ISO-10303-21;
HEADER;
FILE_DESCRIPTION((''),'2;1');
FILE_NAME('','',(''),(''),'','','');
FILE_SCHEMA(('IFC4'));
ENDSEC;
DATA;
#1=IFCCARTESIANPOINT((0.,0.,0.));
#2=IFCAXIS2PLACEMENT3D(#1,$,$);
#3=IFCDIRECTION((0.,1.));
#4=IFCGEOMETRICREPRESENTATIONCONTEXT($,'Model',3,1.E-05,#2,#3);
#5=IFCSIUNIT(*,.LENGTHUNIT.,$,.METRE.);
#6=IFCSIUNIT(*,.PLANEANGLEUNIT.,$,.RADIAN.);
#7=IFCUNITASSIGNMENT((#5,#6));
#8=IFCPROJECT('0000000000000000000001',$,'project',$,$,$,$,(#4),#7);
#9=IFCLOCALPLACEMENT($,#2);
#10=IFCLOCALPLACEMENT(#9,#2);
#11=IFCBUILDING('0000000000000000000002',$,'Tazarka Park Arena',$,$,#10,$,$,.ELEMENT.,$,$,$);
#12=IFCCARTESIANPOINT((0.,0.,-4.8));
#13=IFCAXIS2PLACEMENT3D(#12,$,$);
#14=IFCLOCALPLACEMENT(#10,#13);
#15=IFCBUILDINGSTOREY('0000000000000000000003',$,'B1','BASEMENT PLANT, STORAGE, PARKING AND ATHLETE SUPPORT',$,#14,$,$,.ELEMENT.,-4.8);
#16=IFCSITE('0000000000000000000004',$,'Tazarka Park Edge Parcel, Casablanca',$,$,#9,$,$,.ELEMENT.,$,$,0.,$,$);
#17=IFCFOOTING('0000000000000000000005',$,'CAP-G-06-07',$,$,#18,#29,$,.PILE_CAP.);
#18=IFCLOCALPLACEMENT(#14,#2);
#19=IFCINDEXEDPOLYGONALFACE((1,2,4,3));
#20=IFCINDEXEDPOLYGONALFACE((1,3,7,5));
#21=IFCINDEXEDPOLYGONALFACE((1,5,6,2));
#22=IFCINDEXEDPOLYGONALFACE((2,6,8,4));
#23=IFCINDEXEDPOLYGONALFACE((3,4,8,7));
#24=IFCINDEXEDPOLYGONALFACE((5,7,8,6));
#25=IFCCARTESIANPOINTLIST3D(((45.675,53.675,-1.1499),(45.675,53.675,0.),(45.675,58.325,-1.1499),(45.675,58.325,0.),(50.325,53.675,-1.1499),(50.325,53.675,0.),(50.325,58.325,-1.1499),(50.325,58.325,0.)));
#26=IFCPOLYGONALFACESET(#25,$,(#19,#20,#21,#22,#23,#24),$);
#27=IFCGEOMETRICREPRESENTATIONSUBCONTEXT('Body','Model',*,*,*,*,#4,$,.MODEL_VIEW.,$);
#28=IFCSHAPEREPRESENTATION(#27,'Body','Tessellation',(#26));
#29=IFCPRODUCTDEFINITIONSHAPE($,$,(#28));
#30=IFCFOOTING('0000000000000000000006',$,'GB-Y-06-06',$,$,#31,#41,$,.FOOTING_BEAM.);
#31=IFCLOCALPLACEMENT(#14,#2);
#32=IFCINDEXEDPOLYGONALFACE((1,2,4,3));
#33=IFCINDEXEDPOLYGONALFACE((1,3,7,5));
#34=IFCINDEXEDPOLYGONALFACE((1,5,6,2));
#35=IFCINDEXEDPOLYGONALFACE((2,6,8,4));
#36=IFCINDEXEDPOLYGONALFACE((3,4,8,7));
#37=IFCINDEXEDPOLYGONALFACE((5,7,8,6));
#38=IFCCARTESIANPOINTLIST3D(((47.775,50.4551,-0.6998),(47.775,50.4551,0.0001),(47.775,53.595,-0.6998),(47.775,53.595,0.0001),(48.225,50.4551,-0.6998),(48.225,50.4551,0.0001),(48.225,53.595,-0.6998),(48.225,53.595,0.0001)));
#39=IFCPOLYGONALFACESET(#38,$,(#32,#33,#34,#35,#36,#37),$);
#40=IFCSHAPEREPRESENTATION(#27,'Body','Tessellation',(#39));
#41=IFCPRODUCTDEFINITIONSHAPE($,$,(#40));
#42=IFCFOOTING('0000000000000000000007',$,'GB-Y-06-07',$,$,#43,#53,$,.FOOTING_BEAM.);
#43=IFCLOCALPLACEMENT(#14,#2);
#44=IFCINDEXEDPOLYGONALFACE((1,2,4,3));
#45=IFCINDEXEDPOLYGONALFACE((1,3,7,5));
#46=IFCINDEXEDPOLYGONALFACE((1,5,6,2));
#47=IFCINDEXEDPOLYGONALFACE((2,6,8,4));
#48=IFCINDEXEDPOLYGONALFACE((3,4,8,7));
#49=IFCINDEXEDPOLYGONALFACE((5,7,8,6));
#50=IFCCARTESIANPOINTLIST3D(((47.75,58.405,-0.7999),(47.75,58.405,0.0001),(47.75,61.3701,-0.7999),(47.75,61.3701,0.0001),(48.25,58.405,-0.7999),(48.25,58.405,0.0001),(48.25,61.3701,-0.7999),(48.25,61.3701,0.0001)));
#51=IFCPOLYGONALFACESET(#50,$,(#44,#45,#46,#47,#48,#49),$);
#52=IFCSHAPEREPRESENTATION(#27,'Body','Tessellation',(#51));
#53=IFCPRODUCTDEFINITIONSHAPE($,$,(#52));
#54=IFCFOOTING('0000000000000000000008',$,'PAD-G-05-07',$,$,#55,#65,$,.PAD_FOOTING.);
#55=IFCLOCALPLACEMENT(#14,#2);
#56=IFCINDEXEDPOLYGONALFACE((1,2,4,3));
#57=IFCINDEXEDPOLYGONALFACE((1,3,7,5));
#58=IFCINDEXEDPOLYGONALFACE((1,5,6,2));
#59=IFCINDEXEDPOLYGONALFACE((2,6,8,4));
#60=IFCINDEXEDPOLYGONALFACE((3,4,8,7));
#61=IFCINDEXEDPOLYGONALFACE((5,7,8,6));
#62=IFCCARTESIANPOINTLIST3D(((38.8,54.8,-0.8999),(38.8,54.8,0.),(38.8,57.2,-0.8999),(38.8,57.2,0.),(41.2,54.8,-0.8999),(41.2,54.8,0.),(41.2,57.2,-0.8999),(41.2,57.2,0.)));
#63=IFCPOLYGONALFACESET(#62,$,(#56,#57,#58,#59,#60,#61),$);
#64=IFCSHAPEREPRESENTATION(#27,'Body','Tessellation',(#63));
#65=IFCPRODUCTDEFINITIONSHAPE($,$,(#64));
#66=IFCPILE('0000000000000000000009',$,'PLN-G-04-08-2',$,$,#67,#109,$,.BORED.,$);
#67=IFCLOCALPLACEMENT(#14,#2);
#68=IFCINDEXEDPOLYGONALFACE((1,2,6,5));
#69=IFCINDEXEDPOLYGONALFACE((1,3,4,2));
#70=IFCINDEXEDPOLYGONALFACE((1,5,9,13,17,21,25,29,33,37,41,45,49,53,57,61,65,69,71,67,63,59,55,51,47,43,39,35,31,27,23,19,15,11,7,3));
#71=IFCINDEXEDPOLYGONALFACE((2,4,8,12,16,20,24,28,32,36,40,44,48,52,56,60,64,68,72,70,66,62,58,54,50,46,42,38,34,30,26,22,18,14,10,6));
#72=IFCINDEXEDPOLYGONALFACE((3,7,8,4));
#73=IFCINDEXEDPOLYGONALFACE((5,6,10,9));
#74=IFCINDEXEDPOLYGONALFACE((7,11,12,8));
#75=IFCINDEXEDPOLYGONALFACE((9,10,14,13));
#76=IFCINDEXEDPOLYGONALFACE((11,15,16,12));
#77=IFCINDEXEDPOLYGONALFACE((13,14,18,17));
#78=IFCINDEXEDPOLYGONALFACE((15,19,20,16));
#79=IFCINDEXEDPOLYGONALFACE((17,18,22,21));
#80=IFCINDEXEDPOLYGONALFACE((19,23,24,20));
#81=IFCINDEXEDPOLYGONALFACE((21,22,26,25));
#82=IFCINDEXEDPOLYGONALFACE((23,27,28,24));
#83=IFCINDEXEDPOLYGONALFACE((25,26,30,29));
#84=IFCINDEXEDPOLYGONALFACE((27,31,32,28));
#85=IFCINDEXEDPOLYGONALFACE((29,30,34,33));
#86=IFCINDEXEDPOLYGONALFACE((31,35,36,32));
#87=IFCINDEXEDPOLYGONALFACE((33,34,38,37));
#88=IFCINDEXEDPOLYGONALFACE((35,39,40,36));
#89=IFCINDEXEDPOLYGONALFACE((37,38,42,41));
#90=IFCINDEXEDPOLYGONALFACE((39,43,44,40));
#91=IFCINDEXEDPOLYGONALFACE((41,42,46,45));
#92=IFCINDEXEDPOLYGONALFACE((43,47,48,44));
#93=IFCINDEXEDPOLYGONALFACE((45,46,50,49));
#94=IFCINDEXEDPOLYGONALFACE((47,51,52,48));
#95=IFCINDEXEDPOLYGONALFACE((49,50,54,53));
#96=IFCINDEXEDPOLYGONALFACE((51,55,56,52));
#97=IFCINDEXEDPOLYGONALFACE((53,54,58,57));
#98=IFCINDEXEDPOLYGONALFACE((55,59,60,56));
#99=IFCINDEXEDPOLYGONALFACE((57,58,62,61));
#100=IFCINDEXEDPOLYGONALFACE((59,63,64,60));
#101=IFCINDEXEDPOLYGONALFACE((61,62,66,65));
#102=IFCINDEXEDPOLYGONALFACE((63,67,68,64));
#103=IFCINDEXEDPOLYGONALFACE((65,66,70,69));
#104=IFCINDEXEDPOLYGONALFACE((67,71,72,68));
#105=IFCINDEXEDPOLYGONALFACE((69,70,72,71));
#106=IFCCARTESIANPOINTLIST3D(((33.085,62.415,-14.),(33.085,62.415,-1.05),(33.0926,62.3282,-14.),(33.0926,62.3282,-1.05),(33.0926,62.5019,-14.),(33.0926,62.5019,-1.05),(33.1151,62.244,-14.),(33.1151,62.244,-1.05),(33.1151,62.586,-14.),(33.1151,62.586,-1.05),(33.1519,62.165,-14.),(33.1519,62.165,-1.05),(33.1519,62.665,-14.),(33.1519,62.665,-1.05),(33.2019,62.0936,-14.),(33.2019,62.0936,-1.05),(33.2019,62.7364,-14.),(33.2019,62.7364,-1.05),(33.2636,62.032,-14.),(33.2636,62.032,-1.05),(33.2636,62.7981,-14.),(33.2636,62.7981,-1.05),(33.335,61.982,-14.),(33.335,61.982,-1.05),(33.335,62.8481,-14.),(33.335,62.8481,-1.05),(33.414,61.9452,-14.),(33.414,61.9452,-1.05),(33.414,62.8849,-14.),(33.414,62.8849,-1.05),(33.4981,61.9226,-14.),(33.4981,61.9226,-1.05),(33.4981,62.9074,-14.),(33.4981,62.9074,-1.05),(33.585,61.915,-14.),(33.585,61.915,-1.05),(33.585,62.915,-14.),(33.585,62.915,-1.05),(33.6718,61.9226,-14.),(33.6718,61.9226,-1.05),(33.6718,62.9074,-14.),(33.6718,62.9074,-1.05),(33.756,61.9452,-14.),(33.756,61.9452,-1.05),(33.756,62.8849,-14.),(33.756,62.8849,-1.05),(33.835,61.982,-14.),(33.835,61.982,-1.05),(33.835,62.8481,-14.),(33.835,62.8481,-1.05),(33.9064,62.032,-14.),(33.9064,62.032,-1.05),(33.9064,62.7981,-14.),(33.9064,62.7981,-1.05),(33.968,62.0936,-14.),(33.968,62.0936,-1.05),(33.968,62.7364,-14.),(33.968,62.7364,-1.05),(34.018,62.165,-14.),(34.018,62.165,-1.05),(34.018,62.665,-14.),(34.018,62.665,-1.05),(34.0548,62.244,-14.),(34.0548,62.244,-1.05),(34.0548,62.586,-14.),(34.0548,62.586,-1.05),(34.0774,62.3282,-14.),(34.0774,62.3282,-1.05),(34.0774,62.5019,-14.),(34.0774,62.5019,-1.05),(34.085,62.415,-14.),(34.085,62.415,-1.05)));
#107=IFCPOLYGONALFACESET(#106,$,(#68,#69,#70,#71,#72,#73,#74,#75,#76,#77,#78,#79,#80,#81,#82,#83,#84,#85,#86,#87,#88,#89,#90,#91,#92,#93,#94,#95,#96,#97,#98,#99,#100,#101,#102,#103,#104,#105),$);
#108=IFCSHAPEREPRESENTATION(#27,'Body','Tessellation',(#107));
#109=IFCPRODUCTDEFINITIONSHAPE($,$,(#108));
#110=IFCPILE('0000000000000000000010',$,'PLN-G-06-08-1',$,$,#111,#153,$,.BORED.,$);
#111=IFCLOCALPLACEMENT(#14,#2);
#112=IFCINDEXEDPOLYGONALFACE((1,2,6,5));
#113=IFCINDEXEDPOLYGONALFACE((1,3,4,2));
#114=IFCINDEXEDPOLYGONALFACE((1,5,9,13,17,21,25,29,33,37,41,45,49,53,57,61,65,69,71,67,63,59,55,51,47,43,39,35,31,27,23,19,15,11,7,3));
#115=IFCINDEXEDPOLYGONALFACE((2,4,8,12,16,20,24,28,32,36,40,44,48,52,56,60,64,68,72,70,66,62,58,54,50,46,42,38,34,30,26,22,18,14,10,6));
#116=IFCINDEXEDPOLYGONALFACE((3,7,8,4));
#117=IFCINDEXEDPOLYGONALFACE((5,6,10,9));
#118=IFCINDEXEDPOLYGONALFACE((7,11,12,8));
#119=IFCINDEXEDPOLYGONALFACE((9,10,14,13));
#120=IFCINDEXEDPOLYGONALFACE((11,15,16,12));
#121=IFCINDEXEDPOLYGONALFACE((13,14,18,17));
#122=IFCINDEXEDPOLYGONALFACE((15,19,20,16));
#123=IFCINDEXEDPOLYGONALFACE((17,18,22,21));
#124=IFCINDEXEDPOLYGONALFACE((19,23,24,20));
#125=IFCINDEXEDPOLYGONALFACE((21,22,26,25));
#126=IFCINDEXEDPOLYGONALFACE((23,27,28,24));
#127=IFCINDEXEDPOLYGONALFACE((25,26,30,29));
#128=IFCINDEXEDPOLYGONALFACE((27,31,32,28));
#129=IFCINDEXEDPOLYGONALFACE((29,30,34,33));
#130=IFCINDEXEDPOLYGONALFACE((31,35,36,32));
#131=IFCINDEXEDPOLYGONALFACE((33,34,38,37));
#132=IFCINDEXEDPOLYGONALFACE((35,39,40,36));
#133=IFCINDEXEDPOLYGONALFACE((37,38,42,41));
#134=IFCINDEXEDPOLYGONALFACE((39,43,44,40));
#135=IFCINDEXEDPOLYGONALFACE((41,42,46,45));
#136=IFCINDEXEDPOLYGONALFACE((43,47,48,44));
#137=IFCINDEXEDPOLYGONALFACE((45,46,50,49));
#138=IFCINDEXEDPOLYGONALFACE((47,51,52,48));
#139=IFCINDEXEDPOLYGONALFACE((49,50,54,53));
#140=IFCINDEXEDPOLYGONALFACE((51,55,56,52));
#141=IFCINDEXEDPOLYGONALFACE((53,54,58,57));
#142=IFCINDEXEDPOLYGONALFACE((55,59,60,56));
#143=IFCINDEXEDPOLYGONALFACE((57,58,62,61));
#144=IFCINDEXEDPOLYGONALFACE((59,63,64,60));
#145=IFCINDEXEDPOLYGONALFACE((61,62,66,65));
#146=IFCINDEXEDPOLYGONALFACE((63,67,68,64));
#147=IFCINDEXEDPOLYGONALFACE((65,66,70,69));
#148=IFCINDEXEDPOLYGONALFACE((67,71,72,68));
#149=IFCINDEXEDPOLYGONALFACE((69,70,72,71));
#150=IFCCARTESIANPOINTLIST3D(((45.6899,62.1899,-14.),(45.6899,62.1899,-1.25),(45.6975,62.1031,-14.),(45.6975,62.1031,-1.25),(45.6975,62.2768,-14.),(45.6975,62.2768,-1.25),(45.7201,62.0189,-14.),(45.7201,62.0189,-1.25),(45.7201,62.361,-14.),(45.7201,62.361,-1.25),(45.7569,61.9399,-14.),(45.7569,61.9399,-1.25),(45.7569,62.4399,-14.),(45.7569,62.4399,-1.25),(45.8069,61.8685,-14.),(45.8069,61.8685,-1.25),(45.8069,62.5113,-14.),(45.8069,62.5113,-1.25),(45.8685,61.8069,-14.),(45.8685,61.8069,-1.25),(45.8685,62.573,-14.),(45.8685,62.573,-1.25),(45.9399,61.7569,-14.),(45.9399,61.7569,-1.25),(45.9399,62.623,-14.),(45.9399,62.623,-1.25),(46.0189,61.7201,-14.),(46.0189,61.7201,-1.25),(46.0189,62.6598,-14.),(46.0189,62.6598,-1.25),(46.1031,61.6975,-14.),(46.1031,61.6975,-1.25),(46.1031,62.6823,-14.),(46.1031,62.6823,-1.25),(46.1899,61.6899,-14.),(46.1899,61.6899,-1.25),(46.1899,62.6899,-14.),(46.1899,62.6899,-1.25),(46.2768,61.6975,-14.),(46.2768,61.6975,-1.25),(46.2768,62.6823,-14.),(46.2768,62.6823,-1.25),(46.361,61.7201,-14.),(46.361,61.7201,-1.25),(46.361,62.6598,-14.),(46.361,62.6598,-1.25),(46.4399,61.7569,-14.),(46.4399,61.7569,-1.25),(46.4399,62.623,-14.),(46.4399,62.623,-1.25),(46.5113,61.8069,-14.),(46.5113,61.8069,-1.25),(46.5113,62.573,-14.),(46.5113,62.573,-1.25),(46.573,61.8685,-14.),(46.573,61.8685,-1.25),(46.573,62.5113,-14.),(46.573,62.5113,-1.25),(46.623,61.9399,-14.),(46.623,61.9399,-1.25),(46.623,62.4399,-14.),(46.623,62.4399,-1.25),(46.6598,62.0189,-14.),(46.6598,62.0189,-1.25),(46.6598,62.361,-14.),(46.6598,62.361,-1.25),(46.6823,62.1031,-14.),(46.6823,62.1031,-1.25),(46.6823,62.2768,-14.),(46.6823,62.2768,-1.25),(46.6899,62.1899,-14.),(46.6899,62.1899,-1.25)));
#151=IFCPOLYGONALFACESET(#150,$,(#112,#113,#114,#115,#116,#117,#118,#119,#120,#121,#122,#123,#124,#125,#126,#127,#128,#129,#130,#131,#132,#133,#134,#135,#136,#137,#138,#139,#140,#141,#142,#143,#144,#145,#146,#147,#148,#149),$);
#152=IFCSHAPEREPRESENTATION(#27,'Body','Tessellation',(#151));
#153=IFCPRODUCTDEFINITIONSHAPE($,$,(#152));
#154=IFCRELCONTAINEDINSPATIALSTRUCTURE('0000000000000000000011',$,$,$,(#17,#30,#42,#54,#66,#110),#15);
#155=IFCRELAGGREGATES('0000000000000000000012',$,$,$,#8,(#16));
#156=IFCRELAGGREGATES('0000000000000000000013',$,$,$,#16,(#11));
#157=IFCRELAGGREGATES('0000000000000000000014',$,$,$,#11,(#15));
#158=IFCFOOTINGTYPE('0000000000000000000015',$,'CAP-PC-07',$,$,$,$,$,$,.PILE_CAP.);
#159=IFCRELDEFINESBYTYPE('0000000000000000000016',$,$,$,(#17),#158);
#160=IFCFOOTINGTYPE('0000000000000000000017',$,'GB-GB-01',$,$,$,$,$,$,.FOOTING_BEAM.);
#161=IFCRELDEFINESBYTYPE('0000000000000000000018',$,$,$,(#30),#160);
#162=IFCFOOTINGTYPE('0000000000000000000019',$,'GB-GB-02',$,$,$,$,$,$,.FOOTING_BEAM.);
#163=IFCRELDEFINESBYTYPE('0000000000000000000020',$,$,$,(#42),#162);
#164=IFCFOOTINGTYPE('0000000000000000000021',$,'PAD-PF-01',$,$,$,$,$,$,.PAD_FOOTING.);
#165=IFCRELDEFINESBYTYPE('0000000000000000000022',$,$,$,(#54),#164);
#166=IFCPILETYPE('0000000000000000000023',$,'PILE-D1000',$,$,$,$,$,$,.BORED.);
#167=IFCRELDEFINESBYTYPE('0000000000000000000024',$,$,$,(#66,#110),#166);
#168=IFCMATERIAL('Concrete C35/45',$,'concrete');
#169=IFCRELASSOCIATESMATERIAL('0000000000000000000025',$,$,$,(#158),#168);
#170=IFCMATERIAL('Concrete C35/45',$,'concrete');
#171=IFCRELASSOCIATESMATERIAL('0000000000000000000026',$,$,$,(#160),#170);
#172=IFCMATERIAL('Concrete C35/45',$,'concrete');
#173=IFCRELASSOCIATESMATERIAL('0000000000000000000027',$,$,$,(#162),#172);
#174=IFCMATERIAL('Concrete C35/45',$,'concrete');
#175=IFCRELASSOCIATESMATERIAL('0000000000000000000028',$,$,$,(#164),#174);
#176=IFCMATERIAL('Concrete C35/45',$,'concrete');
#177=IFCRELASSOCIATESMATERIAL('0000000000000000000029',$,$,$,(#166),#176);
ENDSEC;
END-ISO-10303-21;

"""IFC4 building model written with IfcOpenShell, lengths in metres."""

from ifc_helpers import new_model, si_unit, direction, frame, origin, origin_2d, place, context, subcontext, project, spatial, rectangle, circle, extrude, material, material_profile, profile_set, type_object, element, save


model = new_model("IFC4")

# Units and contexts
model_context = context("Model", 3, precision=1e-05, world=origin(), true_north=direction((0.0, 1.0)))
body_context = subcontext(model_context, "Body", "Model", "MODEL_VIEW")
ifc_project = project(units=[si_unit("LENGTHUNIT", "METRE"), si_unit("PLANEANGLEUNIT", "RADIAN")], contexts=[model_context])

# Site, building, storey
site_placement = place(None, origin())
site = spatial("IfcSite", under=ifc_project, at=site_placement, Name="Tazarka Park Edge Parcel, Casablanca", CompositionType="ELEMENT", RefElevation=0.0)
building_placement = place(site_placement, origin())
building = spatial("IfcBuilding", under=site, at=building_placement, Name="Tazarka Park Arena", CompositionType="ELEMENT")
storey_placement = place(building_placement, frame((0.0, 0.0, -4.8)))
storey = spatial("IfcBuildingStorey", under=building, at=storey_placement, Name="B1", Description="BASEMENT PLANT, STORAGE, PARKING AND ATHLETE SUPPORT", CompositionType="ELEMENT", Elevation=-4.8)

# Footings
ifc_material_1 = material(Name="Concrete C35/45", Category="concrete")
footing_type_1 = type_object("IfcFootingType", Name="CAP-PC-07", PredefinedType="PILE_CAP", material=ifc_material_1)
footing_1_placement = place(storey_placement, frame((48.0, 56.0, -1.1499), z_axis=(0.0, 0.0, 1.0), x_axis=(1.0, 0.0, 0.0)))
element("IfcFooting", 1, at=footing_1_placement, inside=storey, type_object=footing_type_1, Name="CAP-G-06-07", PredefinedType="PILE_CAP", context=body_context, shape_type="SweptSolid", body=[
    extrude(rectangle(XDim=4.6499, YDim=4.6499, at=origin_2d()), origin(), (0.0, 0.0, 1.0), 1.1499),
])
ifc_material_2 = material(Name="Concrete C35/45", Category="concrete")
ifc_material_profile_1 = material_profile(ifc_material_2, rectangle(XDim=0.45, YDim=0.7, at=origin_2d()), Name="Concrete C35/45")
ifc_profile_set_1 = profile_set([ifc_material_profile_1], Name="Concrete C35/45")
footing_type_2 = type_object("IfcFootingType", Name="GB-GB-01", PredefinedType="FOOTING_BEAM", material=ifc_profile_set_1)
footing_2_placement = place(storey_placement, frame((48.0, 50.4551, -0.3499), z_axis=(0.0, 1.0, 0.0), x_axis=(-1.0, 0.0, 0.0)))
element("IfcFooting", 2, at=footing_2_placement, inside=storey, type_object=footing_type_2, Name="GB-Y-06-06", PredefinedType="FOOTING_BEAM", context=body_context, shape_type="SweptSolid", body=[
    extrude(rectangle(XDim=0.45, YDim=0.7, at=origin_2d()), origin(), (0.0, 0.0, 1.0), 3.1399),
])
ifc_material_3 = material(Name="Concrete C35/45", Category="concrete")
ifc_material_profile_2 = material_profile(ifc_material_3, rectangle(XDim=0.5, YDim=0.8, at=origin_2d()), Name="Concrete C35/45")
ifc_profile_set_2 = profile_set([ifc_material_profile_2], Name="Concrete C35/45")
footing_type_3 = type_object("IfcFootingType", Name="GB-GB-02", PredefinedType="FOOTING_BEAM", material=ifc_profile_set_2)
footing_3_placement = place(storey_placement, frame((48.0, 58.405, -0.3999), z_axis=(0.0, 1.0, 0.0), x_axis=(-1.0, 0.0, 0.0)))
element("IfcFooting", 3, at=footing_3_placement, inside=storey, type_object=footing_type_3, Name="GB-Y-06-07", PredefinedType="FOOTING_BEAM", context=body_context, shape_type="SweptSolid", body=[
    extrude(rectangle(XDim=0.5, YDim=0.8, at=origin_2d()), origin(), (0.0, 0.0, 1.0), 2.9651),
])
ifc_material_4 = material(Name="Concrete C35/45", Category="concrete")
footing_type_4 = type_object("IfcFootingType", Name="PAD-PF-01", PredefinedType="PAD_FOOTING", material=ifc_material_4)
footing_4_placement = place(storey_placement, frame((40.0, 56.0, -0.8999), z_axis=(0.0, 0.0, 1.0), x_axis=(1.0, 0.0, 0.0)))
element("IfcFooting", 4, at=footing_4_placement, inside=storey, type_object=footing_type_4, Name="PAD-G-05-07", PredefinedType="PAD_FOOTING", context=body_context, shape_type="SweptSolid", body=[
    extrude(rectangle(XDim=2.3999, YDim=2.3999, at=origin_2d()), origin(), (0.0, 0.0, 1.0), 0.8999),
])

# Piles
ifc_material_5 = material(Name="Concrete C35/45", Category="concrete")
ifc_material_profile_3 = material_profile(ifc_material_5, circle(Radius=0.5, at=origin_2d()), Name="Concrete C35/45")
ifc_profile_set_3 = profile_set([ifc_material_profile_3], Name="Concrete C35/45")
pile_type_1 = type_object("IfcPileType", Name="PILE-D1000", PredefinedType="BORED", material=ifc_profile_set_3)
pile_1_placement = place(storey_placement, frame((33.585, 62.415, -1.05), z_axis=(0.0, 0.0, -1.0), x_axis=(1.0, 0.0, 0.0)))
element("IfcPile", 5, at=pile_1_placement, inside=storey, type_object=pile_type_1, Name="PLN-G-04-08-2", PredefinedType="BORED", context=body_context, shape_type="SweptSolid", body=[
    extrude(circle(Radius=0.5, at=origin_2d()), origin(), (0.0, 0.0, 1.0), 12.95),
])
pile_2_placement = place(storey_placement, frame((46.1899, 62.1899, -1.25), z_axis=(0.0, 0.0, -1.0), x_axis=(1.0, 0.0, 0.0)))
element("IfcPile", 6, at=pile_2_placement, inside=storey, type_object=pile_type_1, Name="PLN-G-06-08-1", PredefinedType="BORED", context=body_context, shape_type="SweptSolid", body=[
    extrude(circle(Radius=0.5, at=origin_2d()), origin(), (0.0, 0.0, 1.0), 12.75),
])

save(model, "model.ifc")
